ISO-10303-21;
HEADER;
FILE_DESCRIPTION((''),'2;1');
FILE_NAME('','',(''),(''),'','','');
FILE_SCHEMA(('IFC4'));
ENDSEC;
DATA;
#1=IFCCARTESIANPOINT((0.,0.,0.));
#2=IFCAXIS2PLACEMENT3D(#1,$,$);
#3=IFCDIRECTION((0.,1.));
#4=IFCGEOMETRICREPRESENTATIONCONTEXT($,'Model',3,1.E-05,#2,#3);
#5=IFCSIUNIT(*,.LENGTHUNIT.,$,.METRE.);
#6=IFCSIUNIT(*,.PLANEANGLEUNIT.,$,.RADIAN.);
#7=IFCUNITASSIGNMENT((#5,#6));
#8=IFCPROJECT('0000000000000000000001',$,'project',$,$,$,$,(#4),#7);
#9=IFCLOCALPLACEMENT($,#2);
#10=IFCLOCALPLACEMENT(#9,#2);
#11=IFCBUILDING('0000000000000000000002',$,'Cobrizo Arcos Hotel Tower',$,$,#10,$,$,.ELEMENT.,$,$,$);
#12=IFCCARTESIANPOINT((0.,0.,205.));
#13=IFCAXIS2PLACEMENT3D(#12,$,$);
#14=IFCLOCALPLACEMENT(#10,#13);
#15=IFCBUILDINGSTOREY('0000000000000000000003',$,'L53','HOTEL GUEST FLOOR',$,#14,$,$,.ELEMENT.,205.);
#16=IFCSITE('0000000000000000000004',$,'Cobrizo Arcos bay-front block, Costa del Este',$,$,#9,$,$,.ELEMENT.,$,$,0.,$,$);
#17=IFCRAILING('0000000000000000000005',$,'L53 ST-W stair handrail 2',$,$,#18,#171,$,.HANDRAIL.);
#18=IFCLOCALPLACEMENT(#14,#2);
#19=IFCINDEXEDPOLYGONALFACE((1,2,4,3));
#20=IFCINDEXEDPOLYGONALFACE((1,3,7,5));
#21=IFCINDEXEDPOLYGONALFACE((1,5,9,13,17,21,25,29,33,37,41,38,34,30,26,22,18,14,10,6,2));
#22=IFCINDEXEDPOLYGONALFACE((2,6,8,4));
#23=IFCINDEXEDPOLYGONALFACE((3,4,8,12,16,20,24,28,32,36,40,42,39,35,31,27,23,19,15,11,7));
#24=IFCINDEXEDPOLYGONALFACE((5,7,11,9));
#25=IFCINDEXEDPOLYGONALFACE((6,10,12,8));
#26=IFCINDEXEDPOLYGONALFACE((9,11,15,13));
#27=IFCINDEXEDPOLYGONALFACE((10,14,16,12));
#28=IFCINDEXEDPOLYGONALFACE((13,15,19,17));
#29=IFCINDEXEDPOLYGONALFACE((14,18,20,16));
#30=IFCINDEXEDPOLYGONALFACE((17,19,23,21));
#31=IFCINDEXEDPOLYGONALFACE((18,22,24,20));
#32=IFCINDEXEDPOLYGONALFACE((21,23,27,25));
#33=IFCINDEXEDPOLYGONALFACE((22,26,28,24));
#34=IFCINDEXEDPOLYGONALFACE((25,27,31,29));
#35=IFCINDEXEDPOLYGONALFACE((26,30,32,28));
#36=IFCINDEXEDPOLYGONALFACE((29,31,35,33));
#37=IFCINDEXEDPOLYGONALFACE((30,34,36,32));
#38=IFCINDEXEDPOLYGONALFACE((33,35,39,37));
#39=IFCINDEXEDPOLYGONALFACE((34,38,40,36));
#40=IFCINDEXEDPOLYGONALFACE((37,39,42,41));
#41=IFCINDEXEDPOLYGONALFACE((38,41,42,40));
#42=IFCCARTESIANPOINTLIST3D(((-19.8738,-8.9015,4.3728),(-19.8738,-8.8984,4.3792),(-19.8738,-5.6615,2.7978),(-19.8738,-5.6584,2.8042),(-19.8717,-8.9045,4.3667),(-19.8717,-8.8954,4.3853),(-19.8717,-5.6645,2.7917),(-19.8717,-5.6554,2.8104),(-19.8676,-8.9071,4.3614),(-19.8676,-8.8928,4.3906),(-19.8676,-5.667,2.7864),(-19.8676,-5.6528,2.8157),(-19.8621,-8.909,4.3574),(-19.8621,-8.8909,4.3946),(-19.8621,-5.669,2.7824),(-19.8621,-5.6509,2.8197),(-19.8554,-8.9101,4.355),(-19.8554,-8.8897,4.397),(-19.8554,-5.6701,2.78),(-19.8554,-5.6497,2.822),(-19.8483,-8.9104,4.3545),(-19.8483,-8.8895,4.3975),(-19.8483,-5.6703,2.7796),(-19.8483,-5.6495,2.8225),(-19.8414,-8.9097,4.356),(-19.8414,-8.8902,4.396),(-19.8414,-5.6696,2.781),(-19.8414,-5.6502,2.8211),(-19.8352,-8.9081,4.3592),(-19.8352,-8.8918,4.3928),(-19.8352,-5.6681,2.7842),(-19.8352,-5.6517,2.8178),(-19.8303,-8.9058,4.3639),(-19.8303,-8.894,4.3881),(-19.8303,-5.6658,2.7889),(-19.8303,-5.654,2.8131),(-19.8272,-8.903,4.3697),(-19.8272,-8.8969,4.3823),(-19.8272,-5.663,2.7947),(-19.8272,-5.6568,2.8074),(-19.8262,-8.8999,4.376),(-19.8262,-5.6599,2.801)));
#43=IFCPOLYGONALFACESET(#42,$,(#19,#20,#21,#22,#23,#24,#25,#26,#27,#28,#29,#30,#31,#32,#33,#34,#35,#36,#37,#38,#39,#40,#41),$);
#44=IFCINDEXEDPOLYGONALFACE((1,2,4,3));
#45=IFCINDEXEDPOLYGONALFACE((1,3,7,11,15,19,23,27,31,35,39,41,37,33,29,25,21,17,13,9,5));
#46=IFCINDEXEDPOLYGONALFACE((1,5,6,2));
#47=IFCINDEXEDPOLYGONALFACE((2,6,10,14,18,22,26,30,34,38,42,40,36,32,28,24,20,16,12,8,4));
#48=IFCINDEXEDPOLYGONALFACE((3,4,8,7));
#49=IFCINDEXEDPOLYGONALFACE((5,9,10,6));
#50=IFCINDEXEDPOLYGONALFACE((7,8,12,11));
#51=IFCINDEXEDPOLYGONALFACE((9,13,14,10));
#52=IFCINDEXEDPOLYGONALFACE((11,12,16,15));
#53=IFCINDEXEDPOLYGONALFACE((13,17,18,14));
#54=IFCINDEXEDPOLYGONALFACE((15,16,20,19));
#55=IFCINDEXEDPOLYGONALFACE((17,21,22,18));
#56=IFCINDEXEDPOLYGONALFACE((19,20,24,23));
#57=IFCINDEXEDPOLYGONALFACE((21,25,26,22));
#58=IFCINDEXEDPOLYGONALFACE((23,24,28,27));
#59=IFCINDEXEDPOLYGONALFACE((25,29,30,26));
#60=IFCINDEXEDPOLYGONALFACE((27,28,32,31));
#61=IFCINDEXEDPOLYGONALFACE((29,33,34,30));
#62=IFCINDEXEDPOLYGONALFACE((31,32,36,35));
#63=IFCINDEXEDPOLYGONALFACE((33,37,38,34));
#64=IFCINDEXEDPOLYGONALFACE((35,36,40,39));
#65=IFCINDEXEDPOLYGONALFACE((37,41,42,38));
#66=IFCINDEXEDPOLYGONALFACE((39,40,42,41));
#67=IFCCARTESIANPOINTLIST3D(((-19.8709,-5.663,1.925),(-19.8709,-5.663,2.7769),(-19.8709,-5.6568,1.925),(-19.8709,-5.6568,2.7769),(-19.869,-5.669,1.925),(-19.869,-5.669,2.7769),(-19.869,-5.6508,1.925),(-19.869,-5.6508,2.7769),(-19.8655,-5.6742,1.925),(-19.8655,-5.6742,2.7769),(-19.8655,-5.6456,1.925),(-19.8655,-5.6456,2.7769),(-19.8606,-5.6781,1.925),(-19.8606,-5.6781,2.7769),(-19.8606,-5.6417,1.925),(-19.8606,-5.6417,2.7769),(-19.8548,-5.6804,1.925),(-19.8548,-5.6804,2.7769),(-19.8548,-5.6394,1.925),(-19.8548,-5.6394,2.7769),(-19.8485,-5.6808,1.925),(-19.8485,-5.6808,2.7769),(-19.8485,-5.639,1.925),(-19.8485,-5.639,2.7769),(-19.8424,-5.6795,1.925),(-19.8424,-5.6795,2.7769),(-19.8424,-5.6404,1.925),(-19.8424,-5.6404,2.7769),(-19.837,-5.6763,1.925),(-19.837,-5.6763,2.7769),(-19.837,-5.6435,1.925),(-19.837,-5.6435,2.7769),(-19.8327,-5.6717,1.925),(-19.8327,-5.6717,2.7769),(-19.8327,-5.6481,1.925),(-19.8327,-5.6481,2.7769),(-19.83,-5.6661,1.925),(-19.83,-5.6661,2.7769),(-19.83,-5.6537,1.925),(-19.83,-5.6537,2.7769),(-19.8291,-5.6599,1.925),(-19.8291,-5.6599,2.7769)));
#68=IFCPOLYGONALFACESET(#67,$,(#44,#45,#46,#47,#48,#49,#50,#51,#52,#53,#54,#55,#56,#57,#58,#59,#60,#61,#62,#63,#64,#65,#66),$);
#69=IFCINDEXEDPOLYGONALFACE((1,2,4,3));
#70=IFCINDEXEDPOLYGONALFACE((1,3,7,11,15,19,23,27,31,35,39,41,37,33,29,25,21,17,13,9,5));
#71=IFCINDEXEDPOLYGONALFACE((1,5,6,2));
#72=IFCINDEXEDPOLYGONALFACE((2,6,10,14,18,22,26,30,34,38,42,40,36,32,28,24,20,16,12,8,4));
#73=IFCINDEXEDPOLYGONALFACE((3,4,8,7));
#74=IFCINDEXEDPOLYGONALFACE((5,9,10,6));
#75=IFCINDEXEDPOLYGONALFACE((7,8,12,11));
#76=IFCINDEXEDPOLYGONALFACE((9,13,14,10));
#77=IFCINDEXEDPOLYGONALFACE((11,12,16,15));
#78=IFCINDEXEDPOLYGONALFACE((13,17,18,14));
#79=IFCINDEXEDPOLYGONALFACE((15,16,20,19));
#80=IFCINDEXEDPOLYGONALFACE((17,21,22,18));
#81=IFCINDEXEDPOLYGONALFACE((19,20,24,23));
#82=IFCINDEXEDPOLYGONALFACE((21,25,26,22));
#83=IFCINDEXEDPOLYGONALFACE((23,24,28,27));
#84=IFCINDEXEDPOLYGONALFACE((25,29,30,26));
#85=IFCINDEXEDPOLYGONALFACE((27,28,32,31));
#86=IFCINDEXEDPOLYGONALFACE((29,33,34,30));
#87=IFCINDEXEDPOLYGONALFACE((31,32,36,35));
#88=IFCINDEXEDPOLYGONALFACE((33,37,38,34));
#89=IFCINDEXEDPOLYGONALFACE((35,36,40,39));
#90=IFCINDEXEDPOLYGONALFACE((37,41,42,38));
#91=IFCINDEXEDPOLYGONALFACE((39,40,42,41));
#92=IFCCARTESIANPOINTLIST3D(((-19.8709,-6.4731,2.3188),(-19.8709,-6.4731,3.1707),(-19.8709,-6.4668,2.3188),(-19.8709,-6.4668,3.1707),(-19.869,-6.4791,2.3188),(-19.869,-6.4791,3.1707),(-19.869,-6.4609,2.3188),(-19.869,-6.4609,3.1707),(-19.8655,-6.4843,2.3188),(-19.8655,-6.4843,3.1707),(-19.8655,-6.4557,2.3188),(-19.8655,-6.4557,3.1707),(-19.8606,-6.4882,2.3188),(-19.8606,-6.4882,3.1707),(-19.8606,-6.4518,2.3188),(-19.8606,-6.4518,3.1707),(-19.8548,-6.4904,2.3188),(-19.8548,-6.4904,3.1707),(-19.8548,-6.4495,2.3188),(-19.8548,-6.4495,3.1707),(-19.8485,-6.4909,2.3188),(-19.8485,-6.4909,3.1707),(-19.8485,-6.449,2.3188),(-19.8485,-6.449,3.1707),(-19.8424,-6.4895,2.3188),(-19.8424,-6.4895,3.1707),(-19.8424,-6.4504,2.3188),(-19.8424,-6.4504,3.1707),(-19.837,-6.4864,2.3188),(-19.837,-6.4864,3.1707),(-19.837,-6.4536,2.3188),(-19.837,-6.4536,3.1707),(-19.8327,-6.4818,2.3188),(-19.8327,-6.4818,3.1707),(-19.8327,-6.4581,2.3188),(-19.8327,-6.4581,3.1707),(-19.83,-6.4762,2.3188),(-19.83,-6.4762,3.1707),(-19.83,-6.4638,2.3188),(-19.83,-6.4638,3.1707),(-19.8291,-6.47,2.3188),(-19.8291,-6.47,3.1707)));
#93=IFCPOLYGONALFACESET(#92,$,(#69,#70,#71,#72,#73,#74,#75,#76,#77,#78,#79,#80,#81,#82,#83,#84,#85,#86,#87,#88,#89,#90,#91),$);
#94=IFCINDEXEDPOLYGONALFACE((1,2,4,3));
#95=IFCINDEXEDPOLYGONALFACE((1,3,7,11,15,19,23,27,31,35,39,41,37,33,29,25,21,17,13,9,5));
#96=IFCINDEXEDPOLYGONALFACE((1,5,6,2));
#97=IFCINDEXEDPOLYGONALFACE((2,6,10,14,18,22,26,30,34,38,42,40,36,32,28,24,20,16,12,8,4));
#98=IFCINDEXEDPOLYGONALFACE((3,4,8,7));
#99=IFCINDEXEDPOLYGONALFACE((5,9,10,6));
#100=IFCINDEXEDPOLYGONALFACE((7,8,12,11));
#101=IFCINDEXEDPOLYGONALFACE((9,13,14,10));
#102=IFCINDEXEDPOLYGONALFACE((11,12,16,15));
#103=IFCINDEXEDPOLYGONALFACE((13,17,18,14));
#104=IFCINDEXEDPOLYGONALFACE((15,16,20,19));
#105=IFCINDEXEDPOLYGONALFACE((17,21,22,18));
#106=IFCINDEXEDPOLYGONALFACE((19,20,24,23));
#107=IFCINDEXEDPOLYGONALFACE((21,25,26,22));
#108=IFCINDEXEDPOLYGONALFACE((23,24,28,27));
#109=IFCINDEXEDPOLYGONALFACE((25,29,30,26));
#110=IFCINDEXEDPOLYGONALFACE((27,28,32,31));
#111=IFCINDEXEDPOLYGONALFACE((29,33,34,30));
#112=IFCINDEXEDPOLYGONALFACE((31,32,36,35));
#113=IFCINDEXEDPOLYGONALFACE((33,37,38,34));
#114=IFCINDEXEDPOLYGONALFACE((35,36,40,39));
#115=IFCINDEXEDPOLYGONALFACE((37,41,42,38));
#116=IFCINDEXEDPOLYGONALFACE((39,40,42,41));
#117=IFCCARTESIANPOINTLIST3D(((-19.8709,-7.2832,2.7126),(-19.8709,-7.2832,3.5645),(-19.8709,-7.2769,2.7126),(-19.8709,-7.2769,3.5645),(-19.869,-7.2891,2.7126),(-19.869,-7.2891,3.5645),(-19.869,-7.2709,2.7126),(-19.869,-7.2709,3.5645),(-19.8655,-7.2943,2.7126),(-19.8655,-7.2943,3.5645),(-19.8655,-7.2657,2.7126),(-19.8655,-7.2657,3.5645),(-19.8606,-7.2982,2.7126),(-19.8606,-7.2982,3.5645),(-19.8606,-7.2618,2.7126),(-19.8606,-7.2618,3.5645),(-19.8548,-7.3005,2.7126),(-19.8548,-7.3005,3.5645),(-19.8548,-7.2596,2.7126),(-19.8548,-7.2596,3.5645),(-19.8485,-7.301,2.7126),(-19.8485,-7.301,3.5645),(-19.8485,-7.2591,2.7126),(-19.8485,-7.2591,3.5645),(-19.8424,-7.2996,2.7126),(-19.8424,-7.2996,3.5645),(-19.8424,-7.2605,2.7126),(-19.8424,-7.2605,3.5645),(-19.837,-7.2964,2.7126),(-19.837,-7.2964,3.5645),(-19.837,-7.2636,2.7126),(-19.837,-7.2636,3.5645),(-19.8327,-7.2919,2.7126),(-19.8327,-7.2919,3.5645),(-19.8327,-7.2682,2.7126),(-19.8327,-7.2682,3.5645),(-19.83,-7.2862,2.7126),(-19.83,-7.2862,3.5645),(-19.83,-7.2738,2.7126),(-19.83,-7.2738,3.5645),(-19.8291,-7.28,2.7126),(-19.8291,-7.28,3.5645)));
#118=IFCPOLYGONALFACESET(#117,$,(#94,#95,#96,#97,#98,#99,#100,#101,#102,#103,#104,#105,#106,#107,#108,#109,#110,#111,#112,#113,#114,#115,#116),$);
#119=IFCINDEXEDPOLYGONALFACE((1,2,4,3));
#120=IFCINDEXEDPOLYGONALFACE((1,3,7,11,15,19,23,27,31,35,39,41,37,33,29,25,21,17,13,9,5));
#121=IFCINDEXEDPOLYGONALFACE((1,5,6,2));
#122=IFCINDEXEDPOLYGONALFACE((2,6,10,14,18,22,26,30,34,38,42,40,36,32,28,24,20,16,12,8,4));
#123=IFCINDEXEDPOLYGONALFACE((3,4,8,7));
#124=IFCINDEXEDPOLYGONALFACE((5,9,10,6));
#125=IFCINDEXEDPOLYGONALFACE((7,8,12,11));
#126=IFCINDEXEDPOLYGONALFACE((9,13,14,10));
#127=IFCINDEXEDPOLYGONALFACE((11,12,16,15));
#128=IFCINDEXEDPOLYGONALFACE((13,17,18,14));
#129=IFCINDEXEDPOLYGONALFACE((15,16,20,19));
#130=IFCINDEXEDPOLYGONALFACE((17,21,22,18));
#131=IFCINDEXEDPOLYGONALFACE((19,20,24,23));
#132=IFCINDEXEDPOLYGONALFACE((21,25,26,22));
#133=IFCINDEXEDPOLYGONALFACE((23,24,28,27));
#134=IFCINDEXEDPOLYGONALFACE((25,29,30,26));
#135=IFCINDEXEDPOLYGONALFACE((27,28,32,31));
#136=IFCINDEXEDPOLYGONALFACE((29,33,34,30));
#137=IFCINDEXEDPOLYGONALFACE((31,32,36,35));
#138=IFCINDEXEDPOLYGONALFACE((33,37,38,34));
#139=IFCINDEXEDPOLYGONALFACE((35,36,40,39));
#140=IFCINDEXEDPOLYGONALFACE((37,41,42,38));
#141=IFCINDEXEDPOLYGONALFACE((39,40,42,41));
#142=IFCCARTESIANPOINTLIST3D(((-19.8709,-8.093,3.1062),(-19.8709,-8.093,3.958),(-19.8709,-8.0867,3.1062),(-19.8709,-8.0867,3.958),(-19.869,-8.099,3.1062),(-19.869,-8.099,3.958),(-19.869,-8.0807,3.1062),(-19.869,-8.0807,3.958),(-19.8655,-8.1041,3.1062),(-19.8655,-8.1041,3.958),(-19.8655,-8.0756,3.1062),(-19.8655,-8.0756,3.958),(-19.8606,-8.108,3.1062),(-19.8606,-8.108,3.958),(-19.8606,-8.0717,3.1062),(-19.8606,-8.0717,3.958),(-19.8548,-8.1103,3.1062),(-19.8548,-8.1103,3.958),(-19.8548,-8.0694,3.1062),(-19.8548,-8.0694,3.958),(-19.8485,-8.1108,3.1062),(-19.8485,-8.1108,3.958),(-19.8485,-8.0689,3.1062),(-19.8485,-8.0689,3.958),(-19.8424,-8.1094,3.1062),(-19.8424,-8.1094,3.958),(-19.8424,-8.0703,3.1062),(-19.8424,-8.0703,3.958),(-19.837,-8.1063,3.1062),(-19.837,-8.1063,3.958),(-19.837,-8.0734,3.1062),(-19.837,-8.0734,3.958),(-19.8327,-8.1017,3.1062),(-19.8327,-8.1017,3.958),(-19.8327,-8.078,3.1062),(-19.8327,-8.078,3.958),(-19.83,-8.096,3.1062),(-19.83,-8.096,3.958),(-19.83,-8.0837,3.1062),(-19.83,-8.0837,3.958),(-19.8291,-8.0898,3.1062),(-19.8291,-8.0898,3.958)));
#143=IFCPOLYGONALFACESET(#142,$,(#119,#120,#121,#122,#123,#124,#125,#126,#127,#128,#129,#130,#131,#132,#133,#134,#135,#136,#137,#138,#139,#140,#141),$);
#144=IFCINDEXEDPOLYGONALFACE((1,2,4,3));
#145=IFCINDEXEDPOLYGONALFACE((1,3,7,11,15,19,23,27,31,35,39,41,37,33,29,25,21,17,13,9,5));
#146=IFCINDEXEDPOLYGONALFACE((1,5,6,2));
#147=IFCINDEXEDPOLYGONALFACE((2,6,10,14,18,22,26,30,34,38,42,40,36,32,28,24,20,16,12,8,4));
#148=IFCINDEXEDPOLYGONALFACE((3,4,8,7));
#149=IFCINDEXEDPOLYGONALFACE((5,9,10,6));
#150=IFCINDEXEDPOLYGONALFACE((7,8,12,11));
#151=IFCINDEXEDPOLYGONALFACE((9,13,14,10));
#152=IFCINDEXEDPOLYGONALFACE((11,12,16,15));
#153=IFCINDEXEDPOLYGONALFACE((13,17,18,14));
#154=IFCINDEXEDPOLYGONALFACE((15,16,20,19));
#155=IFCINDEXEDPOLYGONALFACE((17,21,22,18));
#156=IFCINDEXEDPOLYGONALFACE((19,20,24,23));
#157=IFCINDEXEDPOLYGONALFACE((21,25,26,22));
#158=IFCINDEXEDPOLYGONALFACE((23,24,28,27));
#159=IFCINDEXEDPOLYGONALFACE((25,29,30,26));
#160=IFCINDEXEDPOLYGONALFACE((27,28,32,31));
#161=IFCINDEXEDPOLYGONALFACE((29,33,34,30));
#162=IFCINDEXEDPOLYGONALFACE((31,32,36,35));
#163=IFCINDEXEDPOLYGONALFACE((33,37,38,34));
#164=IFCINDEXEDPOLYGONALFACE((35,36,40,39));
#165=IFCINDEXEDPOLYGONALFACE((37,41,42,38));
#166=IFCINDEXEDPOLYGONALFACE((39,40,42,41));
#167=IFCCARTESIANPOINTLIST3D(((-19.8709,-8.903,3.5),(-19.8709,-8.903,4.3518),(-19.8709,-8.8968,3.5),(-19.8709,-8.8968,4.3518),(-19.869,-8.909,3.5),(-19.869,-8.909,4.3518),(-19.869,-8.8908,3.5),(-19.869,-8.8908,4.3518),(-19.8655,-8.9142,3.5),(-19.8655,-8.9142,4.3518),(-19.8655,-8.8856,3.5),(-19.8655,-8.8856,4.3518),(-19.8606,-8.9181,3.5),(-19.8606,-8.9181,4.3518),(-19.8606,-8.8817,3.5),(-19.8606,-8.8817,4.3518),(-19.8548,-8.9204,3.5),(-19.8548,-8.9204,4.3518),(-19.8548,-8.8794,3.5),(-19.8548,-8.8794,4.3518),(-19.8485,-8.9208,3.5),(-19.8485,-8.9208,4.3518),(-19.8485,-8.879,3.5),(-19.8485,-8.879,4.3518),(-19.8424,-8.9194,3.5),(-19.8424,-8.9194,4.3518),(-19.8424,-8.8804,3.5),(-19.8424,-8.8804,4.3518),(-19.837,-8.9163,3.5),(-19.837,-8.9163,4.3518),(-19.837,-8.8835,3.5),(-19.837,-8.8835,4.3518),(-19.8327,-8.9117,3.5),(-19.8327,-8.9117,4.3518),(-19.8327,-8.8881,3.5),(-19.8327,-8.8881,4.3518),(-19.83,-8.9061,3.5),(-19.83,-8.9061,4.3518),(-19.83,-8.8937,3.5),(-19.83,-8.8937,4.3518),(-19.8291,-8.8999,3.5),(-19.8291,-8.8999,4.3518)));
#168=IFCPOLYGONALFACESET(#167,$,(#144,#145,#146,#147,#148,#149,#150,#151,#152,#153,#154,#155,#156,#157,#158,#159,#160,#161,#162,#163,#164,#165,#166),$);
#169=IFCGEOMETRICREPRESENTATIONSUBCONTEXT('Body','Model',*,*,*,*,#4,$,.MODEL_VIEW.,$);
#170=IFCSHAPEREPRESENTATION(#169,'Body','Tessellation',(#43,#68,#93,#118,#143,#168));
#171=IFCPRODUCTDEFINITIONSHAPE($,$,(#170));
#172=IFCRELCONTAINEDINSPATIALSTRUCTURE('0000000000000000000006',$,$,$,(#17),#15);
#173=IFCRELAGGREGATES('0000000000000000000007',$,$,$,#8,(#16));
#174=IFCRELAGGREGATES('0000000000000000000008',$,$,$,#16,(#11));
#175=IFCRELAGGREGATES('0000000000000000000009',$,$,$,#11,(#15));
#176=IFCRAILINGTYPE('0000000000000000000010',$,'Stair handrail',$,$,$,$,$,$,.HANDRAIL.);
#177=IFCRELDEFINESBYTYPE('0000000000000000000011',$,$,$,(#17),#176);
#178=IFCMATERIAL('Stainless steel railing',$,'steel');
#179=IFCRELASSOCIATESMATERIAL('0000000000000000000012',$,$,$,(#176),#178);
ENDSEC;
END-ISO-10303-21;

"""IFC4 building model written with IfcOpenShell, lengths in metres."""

from ifc_helpers import new_model, si_unit, direction, frame, origin, origin_2d, place, context, subcontext, project, spatial, circle, extrude, material, type_object, element, save


model = new_model("IFC4")

# Units and contexts
model_context = context("Model", 3, precision=1e-05, world=origin(), true_north=direction((0.0, 1.0)))
body_context = subcontext(model_context, "Body", "Model", "MODEL_VIEW")
ifc_project = project(units=[si_unit("LENGTHUNIT", "METRE"), si_unit("PLANEANGLEUNIT", "RADIAN")], contexts=[model_context])

# Site, building, storey
site_placement = place(None, origin())
site = spatial("IfcSite", under=ifc_project, at=site_placement, Name="Cobrizo Arcos bay-front block, Costa del Este", CompositionType="ELEMENT", RefElevation=0.0)
building_placement = place(site_placement, origin())
building = spatial("IfcBuilding", under=site, at=building_placement, Name="Cobrizo Arcos Hotel Tower", CompositionType="ELEMENT")
storey_placement = place(building_placement, frame((0.0, 0.0, 205.0)))
storey = spatial("IfcBuildingStorey", under=building, at=storey_placement, Name="L53", Description="HOTEL GUEST FLOOR", CompositionType="ELEMENT", Elevation=205.0)

# Railing
ifc_material_1 = material(Name="Stainless steel railing", Category="steel")
railing_type_1 = type_object("IfcRailingType", Name="Stair handrail", PredefinedType="HANDRAIL", material=ifc_material_1)
railing_1_placement = place(storey_placement, frame((-19.8501, -5.6599, 1.925)))
element("IfcRailing", 1, at=railing_1_placement, inside=storey, type_object=railing_type_1, Name="L53 ST-W stair handrail 2", PredefinedType="HANDRAIL", context=body_context, shape_type="SweptSolid", body=[
    extrude(circle(Radius=0.0239, at=origin_2d()), frame((0.0, 0.0, 0.876), z_axis=(0.0, -0.899373, 0.437183), x_axis=(1.0, 0.0, 0.0)), (0.0, 0.0, 1.0), 3.6025),
    extrude(circle(Radius=0.021, at=origin_2d()), origin(), (0.0, 0.0, 1.0), 0.8518),
    extrude(circle(Radius=0.021, at=origin_2d()), frame((0.0, -0.8101, 0.3938)), (0.0, 0.0, 1.0), 0.8518),
    extrude(circle(Radius=0.021, at=origin_2d()), frame((0.0, -1.6201, 0.7876)), (0.0, 0.0, 1.0), 0.8518),
    extrude(circle(Radius=0.021, at=origin_2d()), frame((0.0, -2.4299, 1.1812)), (0.0, 0.0, 1.0), 0.8518),
    extrude(circle(Radius=0.021, at=origin_2d()), frame((0.0, -3.24, 1.575)), (0.0, 0.0, 1.0), 0.8518),
])

save(model, "model.ifc")
